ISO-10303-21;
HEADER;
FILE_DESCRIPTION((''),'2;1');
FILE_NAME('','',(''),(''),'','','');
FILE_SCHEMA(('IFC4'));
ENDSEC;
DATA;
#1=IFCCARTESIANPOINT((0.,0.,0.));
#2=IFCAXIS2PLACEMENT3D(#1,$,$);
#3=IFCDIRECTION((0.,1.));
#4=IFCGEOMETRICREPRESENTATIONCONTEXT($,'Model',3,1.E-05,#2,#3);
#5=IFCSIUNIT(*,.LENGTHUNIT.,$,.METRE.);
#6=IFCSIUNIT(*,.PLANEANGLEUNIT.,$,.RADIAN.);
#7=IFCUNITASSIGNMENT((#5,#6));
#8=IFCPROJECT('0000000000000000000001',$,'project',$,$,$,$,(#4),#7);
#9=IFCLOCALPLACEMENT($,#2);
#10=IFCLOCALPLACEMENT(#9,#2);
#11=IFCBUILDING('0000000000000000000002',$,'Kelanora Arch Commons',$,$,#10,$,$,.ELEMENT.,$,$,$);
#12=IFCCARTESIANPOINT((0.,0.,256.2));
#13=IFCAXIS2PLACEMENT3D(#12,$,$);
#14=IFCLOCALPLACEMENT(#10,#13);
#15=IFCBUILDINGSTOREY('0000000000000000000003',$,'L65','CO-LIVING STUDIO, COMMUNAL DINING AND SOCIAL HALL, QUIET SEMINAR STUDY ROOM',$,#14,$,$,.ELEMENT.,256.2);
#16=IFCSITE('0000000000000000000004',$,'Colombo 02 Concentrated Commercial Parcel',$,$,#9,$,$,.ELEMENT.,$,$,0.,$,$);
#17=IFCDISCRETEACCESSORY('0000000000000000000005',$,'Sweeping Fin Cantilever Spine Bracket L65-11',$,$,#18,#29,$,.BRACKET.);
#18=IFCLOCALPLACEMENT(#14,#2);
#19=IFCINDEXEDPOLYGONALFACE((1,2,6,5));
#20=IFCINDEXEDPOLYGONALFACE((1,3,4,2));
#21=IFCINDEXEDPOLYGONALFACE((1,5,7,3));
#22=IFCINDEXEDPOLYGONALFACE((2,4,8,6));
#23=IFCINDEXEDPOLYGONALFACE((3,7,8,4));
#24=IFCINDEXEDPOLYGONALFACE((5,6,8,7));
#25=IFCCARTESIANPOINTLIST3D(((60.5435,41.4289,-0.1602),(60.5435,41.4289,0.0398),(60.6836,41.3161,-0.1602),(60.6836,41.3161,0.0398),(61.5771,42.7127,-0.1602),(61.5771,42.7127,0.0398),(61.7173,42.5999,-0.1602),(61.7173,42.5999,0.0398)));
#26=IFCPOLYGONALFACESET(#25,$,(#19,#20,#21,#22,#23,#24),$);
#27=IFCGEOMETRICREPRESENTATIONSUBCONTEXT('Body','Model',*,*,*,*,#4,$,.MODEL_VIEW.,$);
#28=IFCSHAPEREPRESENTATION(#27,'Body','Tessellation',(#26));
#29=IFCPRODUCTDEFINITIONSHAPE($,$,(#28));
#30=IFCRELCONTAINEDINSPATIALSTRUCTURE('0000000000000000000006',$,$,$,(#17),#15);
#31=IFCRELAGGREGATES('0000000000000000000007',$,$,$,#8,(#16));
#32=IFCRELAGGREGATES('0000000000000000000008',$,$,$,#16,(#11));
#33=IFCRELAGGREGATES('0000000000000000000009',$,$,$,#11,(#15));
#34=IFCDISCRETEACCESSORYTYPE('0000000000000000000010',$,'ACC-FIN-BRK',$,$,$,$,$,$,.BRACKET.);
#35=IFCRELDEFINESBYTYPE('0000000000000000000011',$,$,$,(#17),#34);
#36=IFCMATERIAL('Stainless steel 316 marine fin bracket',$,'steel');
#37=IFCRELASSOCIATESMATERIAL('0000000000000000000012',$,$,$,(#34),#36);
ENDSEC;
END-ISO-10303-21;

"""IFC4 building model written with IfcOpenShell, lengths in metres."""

from ifc_helpers import new_model, si_unit, direction, frame, origin, origin_2d, place, context, subcontext, project, spatial, rectangle, extrude, source, transform, mapped, material, type_object, element, save


model = new_model("IFC4")

# Units and contexts
model_context = context("Model", 3, precision=1e-05, world=origin(), true_north=direction((0.0, 1.0)))
body_context = subcontext(model_context, "Body", "Model", "MODEL_VIEW")
ifc_project = project(units=[si_unit("LENGTHUNIT", "METRE"), si_unit("PLANEANGLEUNIT", "RADIAN")], contexts=[model_context])

# Site, building, storey
site_placement = place(None, origin())
site = spatial("IfcSite", under=ifc_project, at=site_placement, Name="Colombo 02 Concentrated Commercial Parcel", CompositionType="ELEMENT", RefElevation=0.0)
building_placement = place(site_placement, origin())
building = spatial("IfcBuilding", under=site, at=building_placement, Name="Kelanora Arch Commons", CompositionType="ELEMENT")
storey_placement = place(building_placement, frame((0.0, 0.0, 256.2)))
storey = spatial("IfcBuildingStorey", under=building, at=storey_placement, Name="L65", Description="CO-LIVING STUDIO, COMMUNAL DINING AND SOCIAL HALL, QUIET SEMINAR STUDY ROOM", CompositionType="ELEMENT", Elevation=256.2)

# Discrete accessory
ifc_material_1 = material(Name="Stainless steel 316 marine fin bracket", Category="steel")
discrete_accessory_type = type_object("IfcDiscreteAccessoryType", Name="ACC-FIN-BRK", PredefinedType="BRACKET", material=ifc_material_1)
shared_shape_1 = source(origin(), body_context, "Body", "SweptSolid", [
    extrude(rectangle(XDim=1.6482, YDim=0.1799, at=origin_2d()), origin(), (0.0, 0.0, 1.0), 0.2),
])
discrete_accessory_placement = place(storey_placement, frame((61.1304, 42.0144, -0.1602), z_axis=(0.0, 0.0, 1.0), x_axis=(-0.627148, -0.7789, 0.0)))
element("IfcDiscreteAccessory", 1, at=discrete_accessory_placement, inside=storey, type_object=discrete_accessory_type, Name="Sweeping Fin Cantilever Spine Bracket L65-11", PredefinedType="BRACKET", context=body_context, shape_type="MappedRepresentation", body=[
    mapped(shared_shape_1, transform((0.0, 0.0, 0.0), scale=1.0)),
])

save(model, "model.ifc")
